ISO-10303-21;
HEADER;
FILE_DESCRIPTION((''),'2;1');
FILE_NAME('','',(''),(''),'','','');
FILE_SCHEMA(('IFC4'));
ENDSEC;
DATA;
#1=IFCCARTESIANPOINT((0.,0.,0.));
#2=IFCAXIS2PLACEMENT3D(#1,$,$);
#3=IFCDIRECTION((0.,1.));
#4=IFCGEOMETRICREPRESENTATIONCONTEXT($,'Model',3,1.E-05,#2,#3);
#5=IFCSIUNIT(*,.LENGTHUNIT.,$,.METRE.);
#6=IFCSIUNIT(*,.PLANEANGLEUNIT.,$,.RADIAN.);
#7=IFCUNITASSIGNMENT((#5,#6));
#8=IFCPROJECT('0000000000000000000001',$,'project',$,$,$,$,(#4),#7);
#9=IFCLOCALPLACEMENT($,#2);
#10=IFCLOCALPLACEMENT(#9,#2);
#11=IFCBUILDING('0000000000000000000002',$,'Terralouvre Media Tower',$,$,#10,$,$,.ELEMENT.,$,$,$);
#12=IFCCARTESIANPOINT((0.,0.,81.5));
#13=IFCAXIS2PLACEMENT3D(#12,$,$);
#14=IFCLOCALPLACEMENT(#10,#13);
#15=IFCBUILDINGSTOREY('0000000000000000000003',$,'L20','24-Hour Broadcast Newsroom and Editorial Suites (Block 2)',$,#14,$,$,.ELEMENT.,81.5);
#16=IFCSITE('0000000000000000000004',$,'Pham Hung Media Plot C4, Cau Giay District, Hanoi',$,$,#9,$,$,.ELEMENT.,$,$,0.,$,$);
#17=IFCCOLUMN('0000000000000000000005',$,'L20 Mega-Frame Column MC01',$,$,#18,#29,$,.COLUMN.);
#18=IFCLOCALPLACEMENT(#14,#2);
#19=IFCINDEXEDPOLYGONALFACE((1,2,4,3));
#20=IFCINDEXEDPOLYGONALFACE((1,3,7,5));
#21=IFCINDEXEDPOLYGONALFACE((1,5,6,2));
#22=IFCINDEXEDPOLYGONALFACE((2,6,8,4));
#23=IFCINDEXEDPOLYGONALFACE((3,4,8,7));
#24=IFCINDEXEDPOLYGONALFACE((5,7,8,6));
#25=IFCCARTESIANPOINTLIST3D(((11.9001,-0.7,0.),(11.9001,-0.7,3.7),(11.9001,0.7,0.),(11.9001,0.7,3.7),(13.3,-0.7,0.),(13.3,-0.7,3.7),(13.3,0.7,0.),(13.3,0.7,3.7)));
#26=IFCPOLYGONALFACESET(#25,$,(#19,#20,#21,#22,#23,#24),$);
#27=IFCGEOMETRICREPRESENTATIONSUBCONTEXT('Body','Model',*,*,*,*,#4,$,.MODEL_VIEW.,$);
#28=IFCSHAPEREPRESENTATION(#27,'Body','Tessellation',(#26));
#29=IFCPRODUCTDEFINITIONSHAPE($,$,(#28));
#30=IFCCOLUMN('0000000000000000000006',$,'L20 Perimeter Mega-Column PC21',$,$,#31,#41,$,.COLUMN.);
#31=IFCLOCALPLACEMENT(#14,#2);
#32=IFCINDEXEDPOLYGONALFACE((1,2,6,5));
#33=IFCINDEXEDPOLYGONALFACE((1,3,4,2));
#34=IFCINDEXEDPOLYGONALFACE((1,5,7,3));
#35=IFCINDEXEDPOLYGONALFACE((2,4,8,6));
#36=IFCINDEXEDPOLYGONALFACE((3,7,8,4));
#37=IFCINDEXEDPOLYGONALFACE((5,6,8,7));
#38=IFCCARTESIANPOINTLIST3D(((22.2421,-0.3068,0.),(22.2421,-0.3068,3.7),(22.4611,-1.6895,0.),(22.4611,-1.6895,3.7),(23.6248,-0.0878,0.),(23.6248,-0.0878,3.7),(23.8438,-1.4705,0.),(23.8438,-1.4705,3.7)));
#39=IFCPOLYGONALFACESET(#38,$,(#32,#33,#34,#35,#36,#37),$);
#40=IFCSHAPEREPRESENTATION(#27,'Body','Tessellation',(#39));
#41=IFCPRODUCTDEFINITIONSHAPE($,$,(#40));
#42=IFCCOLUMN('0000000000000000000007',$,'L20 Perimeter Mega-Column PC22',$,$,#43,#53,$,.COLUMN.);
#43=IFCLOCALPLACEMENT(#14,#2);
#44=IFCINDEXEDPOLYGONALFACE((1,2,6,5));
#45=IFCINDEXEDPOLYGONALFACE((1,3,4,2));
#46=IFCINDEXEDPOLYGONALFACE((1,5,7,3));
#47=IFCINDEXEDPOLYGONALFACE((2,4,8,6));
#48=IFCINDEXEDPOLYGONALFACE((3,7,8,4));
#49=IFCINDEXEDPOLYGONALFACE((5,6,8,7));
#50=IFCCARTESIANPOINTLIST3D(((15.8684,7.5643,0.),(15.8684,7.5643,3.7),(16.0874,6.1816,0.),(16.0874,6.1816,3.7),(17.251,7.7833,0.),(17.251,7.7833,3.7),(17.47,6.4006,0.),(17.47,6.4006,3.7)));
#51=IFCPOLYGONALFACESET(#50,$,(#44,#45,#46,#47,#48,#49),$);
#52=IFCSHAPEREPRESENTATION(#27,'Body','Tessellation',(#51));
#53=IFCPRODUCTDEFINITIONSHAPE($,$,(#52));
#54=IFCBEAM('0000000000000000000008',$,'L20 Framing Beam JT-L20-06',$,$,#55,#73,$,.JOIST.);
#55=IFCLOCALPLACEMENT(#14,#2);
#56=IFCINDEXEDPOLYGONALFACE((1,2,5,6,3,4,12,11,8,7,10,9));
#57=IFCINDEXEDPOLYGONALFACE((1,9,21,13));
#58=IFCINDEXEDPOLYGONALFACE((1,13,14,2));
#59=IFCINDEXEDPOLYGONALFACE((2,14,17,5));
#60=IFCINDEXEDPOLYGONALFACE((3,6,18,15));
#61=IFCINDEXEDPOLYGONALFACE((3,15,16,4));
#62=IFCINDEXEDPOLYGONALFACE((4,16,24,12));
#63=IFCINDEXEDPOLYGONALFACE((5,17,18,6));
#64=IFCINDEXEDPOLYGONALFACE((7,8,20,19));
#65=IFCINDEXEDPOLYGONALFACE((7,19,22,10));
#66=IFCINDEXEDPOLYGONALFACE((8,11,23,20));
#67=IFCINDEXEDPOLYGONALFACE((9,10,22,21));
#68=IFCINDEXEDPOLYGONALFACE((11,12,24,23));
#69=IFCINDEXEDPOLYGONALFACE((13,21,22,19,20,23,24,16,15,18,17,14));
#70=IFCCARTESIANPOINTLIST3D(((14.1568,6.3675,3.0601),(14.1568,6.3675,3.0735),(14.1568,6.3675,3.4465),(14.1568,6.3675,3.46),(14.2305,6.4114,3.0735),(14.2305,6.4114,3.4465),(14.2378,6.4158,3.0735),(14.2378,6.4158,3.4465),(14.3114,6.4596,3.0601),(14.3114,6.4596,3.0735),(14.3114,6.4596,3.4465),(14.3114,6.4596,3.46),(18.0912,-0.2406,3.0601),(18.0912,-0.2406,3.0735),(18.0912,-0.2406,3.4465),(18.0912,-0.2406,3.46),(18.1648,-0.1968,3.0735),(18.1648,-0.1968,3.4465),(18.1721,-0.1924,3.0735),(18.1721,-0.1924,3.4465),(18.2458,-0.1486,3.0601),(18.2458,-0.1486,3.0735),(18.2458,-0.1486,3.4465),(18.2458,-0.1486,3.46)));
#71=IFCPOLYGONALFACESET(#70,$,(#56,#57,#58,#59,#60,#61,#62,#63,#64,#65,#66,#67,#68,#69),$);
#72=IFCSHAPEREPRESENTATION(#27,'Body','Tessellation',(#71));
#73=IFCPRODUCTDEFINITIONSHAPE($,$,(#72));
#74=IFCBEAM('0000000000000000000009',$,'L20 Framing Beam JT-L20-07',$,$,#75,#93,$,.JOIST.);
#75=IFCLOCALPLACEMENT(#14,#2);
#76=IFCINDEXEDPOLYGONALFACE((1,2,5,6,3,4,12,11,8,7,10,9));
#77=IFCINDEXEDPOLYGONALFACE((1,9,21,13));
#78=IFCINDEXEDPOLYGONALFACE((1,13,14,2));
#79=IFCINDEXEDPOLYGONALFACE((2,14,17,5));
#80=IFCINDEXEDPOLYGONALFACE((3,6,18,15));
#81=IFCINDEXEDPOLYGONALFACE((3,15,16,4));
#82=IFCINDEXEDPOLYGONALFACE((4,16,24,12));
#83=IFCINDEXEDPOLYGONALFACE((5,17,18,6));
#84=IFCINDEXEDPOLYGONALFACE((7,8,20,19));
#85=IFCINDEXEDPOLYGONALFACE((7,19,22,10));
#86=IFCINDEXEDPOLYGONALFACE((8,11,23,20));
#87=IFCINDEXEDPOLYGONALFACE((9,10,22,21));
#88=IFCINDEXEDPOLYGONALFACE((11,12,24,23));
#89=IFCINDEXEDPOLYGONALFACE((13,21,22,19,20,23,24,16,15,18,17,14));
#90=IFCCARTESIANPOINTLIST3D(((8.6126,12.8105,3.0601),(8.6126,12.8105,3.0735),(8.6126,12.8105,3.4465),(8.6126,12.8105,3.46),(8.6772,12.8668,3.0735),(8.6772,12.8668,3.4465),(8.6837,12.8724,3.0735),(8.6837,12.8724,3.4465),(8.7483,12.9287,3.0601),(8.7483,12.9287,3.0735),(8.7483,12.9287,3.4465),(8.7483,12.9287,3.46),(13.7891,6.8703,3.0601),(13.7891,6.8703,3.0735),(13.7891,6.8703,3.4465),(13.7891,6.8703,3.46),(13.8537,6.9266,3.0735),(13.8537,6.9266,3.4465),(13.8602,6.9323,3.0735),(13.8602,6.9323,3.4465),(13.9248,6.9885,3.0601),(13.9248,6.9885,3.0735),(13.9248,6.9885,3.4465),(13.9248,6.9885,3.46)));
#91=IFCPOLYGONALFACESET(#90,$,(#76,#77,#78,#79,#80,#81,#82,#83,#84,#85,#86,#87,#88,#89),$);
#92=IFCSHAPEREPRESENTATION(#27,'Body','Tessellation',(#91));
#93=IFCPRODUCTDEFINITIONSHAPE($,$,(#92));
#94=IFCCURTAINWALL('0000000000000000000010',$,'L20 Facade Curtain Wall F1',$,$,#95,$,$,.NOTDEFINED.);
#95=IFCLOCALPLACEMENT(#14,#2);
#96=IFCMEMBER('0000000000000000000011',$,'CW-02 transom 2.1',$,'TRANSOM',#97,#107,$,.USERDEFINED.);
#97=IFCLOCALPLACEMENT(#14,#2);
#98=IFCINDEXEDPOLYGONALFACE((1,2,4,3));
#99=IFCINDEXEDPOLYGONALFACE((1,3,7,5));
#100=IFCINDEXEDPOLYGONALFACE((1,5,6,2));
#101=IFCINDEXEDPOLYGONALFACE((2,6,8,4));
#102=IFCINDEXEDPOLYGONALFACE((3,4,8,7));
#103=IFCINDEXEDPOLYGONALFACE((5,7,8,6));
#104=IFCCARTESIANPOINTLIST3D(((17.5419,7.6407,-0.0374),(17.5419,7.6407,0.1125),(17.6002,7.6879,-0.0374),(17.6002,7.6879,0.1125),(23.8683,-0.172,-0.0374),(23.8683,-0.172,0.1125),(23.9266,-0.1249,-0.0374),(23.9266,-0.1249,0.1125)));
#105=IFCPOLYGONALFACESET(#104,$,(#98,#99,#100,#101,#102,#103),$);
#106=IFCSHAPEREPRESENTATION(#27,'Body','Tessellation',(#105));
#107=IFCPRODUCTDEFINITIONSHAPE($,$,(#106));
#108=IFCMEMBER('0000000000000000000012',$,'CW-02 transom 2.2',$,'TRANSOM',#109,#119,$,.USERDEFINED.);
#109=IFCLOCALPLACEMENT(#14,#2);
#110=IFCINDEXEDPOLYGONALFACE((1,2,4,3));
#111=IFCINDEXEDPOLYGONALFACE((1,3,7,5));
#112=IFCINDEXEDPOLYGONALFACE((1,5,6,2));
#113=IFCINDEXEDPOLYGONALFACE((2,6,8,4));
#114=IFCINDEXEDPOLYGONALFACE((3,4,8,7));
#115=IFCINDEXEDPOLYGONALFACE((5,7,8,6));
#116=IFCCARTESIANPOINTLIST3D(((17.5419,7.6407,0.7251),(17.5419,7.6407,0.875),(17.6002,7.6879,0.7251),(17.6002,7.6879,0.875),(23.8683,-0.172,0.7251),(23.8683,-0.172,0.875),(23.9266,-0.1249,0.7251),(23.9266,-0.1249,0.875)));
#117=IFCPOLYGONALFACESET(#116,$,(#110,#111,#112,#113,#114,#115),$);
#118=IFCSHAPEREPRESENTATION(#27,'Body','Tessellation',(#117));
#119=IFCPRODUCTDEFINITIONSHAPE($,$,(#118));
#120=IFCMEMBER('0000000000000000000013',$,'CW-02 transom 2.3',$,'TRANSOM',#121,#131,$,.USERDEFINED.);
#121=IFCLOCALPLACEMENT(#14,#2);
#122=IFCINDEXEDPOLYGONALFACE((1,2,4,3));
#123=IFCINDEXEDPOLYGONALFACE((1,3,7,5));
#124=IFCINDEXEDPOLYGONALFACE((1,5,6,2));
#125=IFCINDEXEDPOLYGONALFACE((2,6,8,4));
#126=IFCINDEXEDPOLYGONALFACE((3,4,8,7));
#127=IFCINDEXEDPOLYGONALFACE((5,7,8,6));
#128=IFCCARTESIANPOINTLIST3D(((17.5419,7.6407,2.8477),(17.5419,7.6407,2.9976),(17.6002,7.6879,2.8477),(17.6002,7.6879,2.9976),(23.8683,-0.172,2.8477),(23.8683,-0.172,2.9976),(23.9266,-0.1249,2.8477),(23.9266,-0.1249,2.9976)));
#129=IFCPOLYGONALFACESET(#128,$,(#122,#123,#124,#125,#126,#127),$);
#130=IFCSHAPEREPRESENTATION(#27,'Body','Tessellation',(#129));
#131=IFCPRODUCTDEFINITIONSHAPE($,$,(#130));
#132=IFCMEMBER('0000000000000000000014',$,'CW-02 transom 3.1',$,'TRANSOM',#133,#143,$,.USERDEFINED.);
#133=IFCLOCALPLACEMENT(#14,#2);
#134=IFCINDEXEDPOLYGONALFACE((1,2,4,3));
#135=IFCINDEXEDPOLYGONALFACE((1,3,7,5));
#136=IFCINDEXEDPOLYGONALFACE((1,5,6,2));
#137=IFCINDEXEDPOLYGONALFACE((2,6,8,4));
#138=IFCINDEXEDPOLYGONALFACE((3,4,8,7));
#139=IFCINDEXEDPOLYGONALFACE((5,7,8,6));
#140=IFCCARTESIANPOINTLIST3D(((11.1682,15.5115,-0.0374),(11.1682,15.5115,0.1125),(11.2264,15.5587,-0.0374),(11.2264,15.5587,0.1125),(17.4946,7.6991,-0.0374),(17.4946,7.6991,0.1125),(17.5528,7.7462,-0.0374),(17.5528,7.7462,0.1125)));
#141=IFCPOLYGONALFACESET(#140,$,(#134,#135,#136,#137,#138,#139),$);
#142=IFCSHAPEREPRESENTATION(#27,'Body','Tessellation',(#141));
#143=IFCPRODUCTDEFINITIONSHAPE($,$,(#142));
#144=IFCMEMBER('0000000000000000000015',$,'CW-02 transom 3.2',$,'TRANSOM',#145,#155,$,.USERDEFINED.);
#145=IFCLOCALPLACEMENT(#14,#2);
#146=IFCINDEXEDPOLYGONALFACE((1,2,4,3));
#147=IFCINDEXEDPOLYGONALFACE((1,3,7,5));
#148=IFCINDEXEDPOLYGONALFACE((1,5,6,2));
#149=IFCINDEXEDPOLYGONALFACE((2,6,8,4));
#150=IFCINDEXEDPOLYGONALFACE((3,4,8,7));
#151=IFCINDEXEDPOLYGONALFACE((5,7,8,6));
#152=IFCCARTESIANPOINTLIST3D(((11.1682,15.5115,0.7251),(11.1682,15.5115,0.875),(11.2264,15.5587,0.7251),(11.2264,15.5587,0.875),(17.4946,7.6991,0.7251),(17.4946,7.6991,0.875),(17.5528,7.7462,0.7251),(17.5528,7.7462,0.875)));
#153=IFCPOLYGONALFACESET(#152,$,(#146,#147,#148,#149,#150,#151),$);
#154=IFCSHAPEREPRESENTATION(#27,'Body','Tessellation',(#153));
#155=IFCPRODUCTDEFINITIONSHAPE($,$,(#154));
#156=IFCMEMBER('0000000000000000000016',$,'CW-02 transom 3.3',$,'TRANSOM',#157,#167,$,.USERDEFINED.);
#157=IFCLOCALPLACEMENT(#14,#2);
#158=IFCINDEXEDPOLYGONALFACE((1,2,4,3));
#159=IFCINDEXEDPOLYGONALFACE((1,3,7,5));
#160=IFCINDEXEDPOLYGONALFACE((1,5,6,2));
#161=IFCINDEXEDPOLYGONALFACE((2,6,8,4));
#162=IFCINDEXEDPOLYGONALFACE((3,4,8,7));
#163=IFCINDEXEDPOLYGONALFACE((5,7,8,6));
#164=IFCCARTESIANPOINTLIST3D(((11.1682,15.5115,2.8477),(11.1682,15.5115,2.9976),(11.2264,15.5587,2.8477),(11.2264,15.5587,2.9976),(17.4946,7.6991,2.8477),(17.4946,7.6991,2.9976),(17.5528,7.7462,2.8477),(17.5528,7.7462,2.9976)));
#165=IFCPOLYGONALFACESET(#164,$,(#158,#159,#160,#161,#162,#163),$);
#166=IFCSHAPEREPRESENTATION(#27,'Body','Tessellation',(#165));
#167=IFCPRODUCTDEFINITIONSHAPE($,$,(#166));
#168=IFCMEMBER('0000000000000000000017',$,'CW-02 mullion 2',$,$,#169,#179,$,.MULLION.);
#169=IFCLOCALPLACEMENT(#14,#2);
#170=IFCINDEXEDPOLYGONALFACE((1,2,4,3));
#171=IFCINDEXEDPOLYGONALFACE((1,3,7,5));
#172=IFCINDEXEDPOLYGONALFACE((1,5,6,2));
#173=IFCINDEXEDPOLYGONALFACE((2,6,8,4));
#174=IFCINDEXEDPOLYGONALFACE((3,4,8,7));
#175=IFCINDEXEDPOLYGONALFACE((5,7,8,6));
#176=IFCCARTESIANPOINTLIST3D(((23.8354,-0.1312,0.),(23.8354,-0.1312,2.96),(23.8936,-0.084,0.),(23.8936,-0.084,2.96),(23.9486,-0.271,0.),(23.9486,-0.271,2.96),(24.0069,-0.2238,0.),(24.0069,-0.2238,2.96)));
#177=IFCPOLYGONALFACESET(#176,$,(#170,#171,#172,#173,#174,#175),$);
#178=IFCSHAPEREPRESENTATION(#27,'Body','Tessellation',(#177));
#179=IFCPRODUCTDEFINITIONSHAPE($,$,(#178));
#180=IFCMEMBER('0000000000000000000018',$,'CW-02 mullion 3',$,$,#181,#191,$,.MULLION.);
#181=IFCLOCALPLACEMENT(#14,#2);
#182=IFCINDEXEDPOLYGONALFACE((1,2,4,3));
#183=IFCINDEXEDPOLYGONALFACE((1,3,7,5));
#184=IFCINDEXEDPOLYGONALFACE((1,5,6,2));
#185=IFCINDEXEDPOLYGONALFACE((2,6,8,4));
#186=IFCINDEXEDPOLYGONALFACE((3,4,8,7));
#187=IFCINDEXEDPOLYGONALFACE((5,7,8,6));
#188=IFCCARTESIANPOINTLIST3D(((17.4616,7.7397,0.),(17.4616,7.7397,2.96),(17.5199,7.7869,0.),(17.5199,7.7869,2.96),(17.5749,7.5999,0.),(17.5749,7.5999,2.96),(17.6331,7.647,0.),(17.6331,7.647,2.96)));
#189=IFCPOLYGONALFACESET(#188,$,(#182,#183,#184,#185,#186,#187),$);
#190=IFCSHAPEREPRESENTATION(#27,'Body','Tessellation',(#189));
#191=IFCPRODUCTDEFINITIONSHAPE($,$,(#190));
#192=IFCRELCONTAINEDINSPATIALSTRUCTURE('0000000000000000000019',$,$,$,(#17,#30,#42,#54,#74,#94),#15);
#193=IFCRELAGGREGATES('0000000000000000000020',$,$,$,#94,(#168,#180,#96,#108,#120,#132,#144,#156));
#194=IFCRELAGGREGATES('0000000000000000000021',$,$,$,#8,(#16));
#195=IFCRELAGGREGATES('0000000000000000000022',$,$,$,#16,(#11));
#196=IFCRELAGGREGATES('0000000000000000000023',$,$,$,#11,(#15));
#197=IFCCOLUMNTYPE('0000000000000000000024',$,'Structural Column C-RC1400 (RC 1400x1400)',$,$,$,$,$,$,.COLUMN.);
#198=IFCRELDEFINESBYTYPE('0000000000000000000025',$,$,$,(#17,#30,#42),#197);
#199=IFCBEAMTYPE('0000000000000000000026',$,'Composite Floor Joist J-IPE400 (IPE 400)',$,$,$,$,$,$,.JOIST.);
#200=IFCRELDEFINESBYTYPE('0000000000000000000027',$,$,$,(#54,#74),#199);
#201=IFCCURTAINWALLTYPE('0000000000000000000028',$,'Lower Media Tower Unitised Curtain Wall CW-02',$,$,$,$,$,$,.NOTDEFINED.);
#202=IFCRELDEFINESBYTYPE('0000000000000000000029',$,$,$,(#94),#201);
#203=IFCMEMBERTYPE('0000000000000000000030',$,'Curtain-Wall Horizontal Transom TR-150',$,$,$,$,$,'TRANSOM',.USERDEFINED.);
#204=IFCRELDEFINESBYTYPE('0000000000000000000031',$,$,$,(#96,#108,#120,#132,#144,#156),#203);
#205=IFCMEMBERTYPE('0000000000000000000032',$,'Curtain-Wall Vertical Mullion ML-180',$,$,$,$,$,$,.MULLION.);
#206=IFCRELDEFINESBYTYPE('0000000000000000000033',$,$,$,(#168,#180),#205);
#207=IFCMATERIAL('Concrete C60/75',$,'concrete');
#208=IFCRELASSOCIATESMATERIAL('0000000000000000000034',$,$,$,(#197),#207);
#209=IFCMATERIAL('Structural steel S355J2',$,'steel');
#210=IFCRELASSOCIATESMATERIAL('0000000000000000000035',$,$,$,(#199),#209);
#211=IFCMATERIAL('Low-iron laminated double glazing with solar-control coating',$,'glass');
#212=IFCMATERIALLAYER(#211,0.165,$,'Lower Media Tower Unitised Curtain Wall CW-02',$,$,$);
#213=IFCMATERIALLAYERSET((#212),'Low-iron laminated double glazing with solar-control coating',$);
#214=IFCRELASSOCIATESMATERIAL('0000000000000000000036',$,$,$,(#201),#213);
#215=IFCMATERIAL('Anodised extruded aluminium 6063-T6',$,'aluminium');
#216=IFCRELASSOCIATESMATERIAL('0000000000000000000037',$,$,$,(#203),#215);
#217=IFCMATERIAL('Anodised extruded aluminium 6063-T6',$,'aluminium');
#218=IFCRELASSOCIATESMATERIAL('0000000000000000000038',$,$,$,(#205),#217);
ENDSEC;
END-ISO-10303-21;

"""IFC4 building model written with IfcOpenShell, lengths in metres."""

from ifc_helpers import new_model, si_unit, direction, frame, origin, origin_2d, place, context, subcontext, project, spatial, rectangle, i_section, extrude, material, layer, layer_set, material_profile, profile_set, type_object, element, aggregate, save


model = new_model("IFC4")

# Units and contexts
model_context = context("Model", 3, precision=1e-05, world=origin(), true_north=direction((0.0, 1.0)))
body_context = subcontext(model_context, "Body", "Model", "MODEL_VIEW")
ifc_project = project(units=[si_unit("LENGTHUNIT", "METRE"), si_unit("PLANEANGLEUNIT", "RADIAN")], contexts=[model_context])

# Site, building, storey
site_placement = place(None, origin())
site = spatial("IfcSite", under=ifc_project, at=site_placement, Name="Pham Hung Media Plot C4, Cau Giay District, Hanoi", CompositionType="ELEMENT", RefElevation=0.0)
building_placement = place(site_placement, origin())
building = spatial("IfcBuilding", under=site, at=building_placement, Name="Terralouvre Media Tower", CompositionType="ELEMENT")
storey_placement = place(building_placement, frame((0.0, 0.0, 81.5)))
storey = spatial("IfcBuildingStorey", under=building, at=storey_placement, Name="L20", Description="24-Hour Broadcast Newsroom and Editorial Suites (Block 2)", CompositionType="ELEMENT", Elevation=81.5)

# Columns
ifc_material_1 = material(Name="Concrete C60/75", Category="concrete")
ifc_material_profile_1 = material_profile(ifc_material_1, rectangle(XDim=1.3999, YDim=1.3999, at=origin_2d()), Name="RC 1400x1400")
ifc_profile_set_1 = profile_set([ifc_material_profile_1], Name="Concrete C60/75")
column_type = type_object("IfcColumnType", Name="Structural Column C-RC1400 (RC 1400x1400)", PredefinedType="COLUMN", material=ifc_profile_set_1)
for number, where, z_axis, x_axis, name in (
    (1, (12.6001, 0.0, 0.0), (0.0, 0.0, 1.0), (1.0, 0.0, 0.0), "L20 Mega-Frame Column MC01"),
    (2, (23.043, -0.8887, 0.0), (0.0, 0.0, 1.0), (0.987688, 0.156434, 0.0), "L20 Perimeter Mega-Column PC21"),
    (3, (16.6692, 6.9824, 0.0), (0.0, 0.0, 1.0), (0.987688, 0.156434, 0.0), "L20 Perimeter Mega-Column PC22"),
):
    element("IfcColumn", number, at=place(storey_placement, frame(where, z_axis=z_axis, x_axis=x_axis)), inside=storey, type_object=column_type, Name=name, PredefinedType="COLUMN", context=body_context, shape_type="SweptSolid", body=[
        extrude(rectangle(XDim=1.3999, YDim=1.3999, at=origin_2d()), origin(), (0.0, 0.0, 1.0), 3.7),
    ])

# Beams
ifc_material_2 = material(Name="Structural steel S355J2", Category="steel")
ifc_material_profile_2 = material_profile(ifc_material_2, i_section(OverallWidth=0.1799, OverallDepth=0.3999, WebThickness=0.0085, FlangeThickness=0.0134, at=origin_2d()), Name="IPE 400")
ifc_profile_set_2 = profile_set([ifc_material_profile_2], Name="Structural steel S355J2")
beam_type_1 = type_object("IfcBeamType", Name="Composite Floor Joist J-IPE400 (IPE 400)", PredefinedType="JOIST", material=ifc_profile_set_2)
beam_1_placement = place(storey_placement, frame((18.1685, -0.1946, 3.26), z_axis=(-0.51157, 0.859241, 0.0), x_axis=(-0.859241, -0.51157, 0.0)))
element("IfcBeam", 4, at=beam_1_placement, inside=storey, type_object=beam_type_1, Name="L20 Framing Beam JT-L20-06", PredefinedType="JOIST", context=body_context, shape_type="SweptSolid", body=[
    extrude(i_section(OverallWidth=0.1799, OverallDepth=0.3999, WebThickness=0.0085, FlangeThickness=0.0134, at=origin_2d()), origin(), (0.0, 0.0, 1.0), 7.6907),
])
beam_2_placement = place(storey_placement, frame((13.8569, 6.9294, 3.26), z_axis=(-0.656983, 0.753905, 0.0), x_axis=(-0.753905, -0.656983, 0.0)))
element("IfcBeam", 5, at=beam_2_placement, inside=storey, type_object=beam_type_1, Name="L20 Framing Beam JT-L20-07", PredefinedType="JOIST", context=body_context, shape_type="SweptSolid", body=[
    extrude(i_section(OverallWidth=0.1799, OverallDepth=0.3999, WebThickness=0.0085, FlangeThickness=0.0134, at=origin_2d()), origin(), (0.0, 0.0, 1.0), 7.8792),
])

# Curtain wall, members
ifc_material_3 = material(Name="Low-iron laminated double glazing with solar-control coating", Category="glass")
ifc_layer_1 = layer(ifc_material_3, 0.165, Name="Lower Media Tower Unitised Curtain Wall CW-02")
ifc_layer_set_1 = layer_set([ifc_layer_1], Name="Low-iron laminated double glazing with solar-control coating")
curtain_wall_type = type_object("IfcCurtainWallType", Name="Lower Media Tower Unitised Curtain Wall CW-02", PredefinedType="NOTDEFINED", material=ifc_layer_set_1)
curtain_wall_placement = place(storey_placement, origin())
curtain_wall = element("IfcCurtainWall", 6, at=curtain_wall_placement, inside=storey, type_object=curtain_wall_type, Name="L20 Facade Curtain Wall F1", PredefinedType="NOTDEFINED")
ifc_material_4 = material(Name="Anodised extruded aluminium 6063-T6", Category="aluminium")
ifc_material_profile_3 = material_profile(ifc_material_4, rectangle(XDim=0.075, YDim=0.1499, at=origin_2d()), Name="ALU 75x150")
ifc_profile_set_3 = profile_set([ifc_material_profile_3], Name="Anodised extruded aluminium 6063-T6")
member_type_1 = type_object("IfcMemberType", Name="Curtain-Wall Horizontal Transom TR-150", ElementType="TRANSOM", PredefinedType="USERDEFINED", material=ifc_profile_set_3)
member_1_placement = place(storey_placement, frame((23.8975, -0.1484, 0.0376), z_axis=(-0.629307, 0.777157, 0.0), x_axis=(-0.777157, -0.629307, 0.0)))
member_1 = element("IfcMember", 7, at=member_1_placement, type_object=member_type_1, Name="CW-02 transom 2.1", ObjectType="TRANSOM", PredefinedType="USERDEFINED", context=body_context, shape_type="SweptSolid", body=[
    extrude(rectangle(XDim=0.075, YDim=0.1499, at=origin_2d()), origin(), (0.0, 0.0, 1.0), 10.053),
])
member_2_placement = place(storey_placement, frame((23.8975, -0.1484, 0.8), z_axis=(-0.629307, 0.777157, 0.0), x_axis=(-0.777157, -0.629307, 0.0)))
member_2 = element("IfcMember", 8, at=member_2_placement, type_object=member_type_1, Name="CW-02 transom 2.2", ObjectType="TRANSOM", PredefinedType="USERDEFINED", context=body_context, shape_type="SweptSolid", body=[
    extrude(rectangle(XDim=0.075, YDim=0.1499, at=origin_2d()), origin(), (0.0, 0.0, 1.0), 10.053),
])
member_3_placement = place(storey_placement, frame((23.8975, -0.1484, 2.9226), z_axis=(-0.629307, 0.777157, 0.0), x_axis=(-0.777157, -0.629307, 0.0)))
member_3 = element("IfcMember", 9, at=member_3_placement, type_object=member_type_1, Name="CW-02 transom 2.3", ObjectType="TRANSOM", PredefinedType="USERDEFINED", context=body_context, shape_type="SweptSolid", body=[
    extrude(rectangle(XDim=0.075, YDim=0.1499, at=origin_2d()), origin(), (0.0, 0.0, 1.0), 10.053),
])
member_4_placement = place(storey_placement, frame((17.5237, 7.7227, 0.0376), z_axis=(-0.629319, 0.777147, 0.0), x_axis=(-0.777147, -0.629319, 0.0)))
member_4 = element("IfcMember", 10, at=member_4_placement, type_object=member_type_1, Name="CW-02 transom 3.1", ObjectType="TRANSOM", PredefinedType="USERDEFINED", context=body_context, shape_type="SweptSolid", body=[
    extrude(rectangle(XDim=0.075, YDim=0.1499, at=origin_2d()), origin(), (0.0, 0.0, 1.0), 10.0527),
])
member_5_placement = place(storey_placement, frame((17.5237, 7.7227, 0.8), z_axis=(-0.629319, 0.777147, 0.0), x_axis=(-0.777147, -0.629319, 0.0)))
member_5 = element("IfcMember", 11, at=member_5_placement, type_object=member_type_1, Name="CW-02 transom 3.2", ObjectType="TRANSOM", PredefinedType="USERDEFINED", context=body_context, shape_type="SweptSolid", body=[
    extrude(rectangle(XDim=0.075, YDim=0.1499, at=origin_2d()), origin(), (0.0, 0.0, 1.0), 10.0527),
])
member_6_placement = place(storey_placement, frame((17.5237, 7.7227, 2.9226), z_axis=(-0.629319, 0.777147, 0.0), x_axis=(-0.777147, -0.629319, 0.0)))
member_6 = element("IfcMember", 12, at=member_6_placement, type_object=member_type_1, Name="CW-02 transom 3.3", ObjectType="TRANSOM", PredefinedType="USERDEFINED", context=body_context, shape_type="SweptSolid", body=[
    extrude(rectangle(XDim=0.075, YDim=0.1499, at=origin_2d()), origin(), (0.0, 0.0, 1.0), 10.0527),
])
ifc_material_5 = material(Name="Anodised extruded aluminium 6063-T6", Category="aluminium")
ifc_material_profile_4 = material_profile(ifc_material_5, rectangle(XDim=0.075, YDim=0.1799, at=origin_2d()), Name="ALU 75x180")
ifc_profile_set_4 = profile_set([ifc_material_profile_4], Name="Anodised extruded aluminium 6063-T6")
member_type_2 = type_object("IfcMemberType", Name="Curtain-Wall Vertical Mullion ML-180", PredefinedType="MULLION", material=ifc_profile_set_4)
member_7_placement = place(storey_placement, frame((23.9211, -0.1775, 0.0), z_axis=(0.0, 0.0, 1.0), x_axis=(-0.777146, -0.62932, 0.0)))
member_7 = element("IfcMember", 13, at=member_7_placement, type_object=member_type_2, Name="CW-02 mullion 2", PredefinedType="MULLION", context=body_context, shape_type="SweptSolid", body=[
    extrude(rectangle(XDim=0.075, YDim=0.1799, at=origin_2d()), origin(), (0.0, 0.0, 1.0), 2.96),
])
member_8_placement = place(storey_placement, frame((17.5474, 7.6934, 0.0), z_axis=(0.0, 0.0, 1.0), x_axis=(-0.777146, -0.62932, 0.0)))
member_8 = element("IfcMember", 14, at=member_8_placement, type_object=member_type_2, Name="CW-02 mullion 3", PredefinedType="MULLION", context=body_context, shape_type="SweptSolid", body=[
    extrude(rectangle(XDim=0.075, YDim=0.1799, at=origin_2d()), origin(), (0.0, 0.0, 1.0), 2.96),
])

aggregate(curtain_wall, [member_7, member_8, member_1, member_2, member_3, member_4, member_5, member_6])

save(model, "model.ifc")
